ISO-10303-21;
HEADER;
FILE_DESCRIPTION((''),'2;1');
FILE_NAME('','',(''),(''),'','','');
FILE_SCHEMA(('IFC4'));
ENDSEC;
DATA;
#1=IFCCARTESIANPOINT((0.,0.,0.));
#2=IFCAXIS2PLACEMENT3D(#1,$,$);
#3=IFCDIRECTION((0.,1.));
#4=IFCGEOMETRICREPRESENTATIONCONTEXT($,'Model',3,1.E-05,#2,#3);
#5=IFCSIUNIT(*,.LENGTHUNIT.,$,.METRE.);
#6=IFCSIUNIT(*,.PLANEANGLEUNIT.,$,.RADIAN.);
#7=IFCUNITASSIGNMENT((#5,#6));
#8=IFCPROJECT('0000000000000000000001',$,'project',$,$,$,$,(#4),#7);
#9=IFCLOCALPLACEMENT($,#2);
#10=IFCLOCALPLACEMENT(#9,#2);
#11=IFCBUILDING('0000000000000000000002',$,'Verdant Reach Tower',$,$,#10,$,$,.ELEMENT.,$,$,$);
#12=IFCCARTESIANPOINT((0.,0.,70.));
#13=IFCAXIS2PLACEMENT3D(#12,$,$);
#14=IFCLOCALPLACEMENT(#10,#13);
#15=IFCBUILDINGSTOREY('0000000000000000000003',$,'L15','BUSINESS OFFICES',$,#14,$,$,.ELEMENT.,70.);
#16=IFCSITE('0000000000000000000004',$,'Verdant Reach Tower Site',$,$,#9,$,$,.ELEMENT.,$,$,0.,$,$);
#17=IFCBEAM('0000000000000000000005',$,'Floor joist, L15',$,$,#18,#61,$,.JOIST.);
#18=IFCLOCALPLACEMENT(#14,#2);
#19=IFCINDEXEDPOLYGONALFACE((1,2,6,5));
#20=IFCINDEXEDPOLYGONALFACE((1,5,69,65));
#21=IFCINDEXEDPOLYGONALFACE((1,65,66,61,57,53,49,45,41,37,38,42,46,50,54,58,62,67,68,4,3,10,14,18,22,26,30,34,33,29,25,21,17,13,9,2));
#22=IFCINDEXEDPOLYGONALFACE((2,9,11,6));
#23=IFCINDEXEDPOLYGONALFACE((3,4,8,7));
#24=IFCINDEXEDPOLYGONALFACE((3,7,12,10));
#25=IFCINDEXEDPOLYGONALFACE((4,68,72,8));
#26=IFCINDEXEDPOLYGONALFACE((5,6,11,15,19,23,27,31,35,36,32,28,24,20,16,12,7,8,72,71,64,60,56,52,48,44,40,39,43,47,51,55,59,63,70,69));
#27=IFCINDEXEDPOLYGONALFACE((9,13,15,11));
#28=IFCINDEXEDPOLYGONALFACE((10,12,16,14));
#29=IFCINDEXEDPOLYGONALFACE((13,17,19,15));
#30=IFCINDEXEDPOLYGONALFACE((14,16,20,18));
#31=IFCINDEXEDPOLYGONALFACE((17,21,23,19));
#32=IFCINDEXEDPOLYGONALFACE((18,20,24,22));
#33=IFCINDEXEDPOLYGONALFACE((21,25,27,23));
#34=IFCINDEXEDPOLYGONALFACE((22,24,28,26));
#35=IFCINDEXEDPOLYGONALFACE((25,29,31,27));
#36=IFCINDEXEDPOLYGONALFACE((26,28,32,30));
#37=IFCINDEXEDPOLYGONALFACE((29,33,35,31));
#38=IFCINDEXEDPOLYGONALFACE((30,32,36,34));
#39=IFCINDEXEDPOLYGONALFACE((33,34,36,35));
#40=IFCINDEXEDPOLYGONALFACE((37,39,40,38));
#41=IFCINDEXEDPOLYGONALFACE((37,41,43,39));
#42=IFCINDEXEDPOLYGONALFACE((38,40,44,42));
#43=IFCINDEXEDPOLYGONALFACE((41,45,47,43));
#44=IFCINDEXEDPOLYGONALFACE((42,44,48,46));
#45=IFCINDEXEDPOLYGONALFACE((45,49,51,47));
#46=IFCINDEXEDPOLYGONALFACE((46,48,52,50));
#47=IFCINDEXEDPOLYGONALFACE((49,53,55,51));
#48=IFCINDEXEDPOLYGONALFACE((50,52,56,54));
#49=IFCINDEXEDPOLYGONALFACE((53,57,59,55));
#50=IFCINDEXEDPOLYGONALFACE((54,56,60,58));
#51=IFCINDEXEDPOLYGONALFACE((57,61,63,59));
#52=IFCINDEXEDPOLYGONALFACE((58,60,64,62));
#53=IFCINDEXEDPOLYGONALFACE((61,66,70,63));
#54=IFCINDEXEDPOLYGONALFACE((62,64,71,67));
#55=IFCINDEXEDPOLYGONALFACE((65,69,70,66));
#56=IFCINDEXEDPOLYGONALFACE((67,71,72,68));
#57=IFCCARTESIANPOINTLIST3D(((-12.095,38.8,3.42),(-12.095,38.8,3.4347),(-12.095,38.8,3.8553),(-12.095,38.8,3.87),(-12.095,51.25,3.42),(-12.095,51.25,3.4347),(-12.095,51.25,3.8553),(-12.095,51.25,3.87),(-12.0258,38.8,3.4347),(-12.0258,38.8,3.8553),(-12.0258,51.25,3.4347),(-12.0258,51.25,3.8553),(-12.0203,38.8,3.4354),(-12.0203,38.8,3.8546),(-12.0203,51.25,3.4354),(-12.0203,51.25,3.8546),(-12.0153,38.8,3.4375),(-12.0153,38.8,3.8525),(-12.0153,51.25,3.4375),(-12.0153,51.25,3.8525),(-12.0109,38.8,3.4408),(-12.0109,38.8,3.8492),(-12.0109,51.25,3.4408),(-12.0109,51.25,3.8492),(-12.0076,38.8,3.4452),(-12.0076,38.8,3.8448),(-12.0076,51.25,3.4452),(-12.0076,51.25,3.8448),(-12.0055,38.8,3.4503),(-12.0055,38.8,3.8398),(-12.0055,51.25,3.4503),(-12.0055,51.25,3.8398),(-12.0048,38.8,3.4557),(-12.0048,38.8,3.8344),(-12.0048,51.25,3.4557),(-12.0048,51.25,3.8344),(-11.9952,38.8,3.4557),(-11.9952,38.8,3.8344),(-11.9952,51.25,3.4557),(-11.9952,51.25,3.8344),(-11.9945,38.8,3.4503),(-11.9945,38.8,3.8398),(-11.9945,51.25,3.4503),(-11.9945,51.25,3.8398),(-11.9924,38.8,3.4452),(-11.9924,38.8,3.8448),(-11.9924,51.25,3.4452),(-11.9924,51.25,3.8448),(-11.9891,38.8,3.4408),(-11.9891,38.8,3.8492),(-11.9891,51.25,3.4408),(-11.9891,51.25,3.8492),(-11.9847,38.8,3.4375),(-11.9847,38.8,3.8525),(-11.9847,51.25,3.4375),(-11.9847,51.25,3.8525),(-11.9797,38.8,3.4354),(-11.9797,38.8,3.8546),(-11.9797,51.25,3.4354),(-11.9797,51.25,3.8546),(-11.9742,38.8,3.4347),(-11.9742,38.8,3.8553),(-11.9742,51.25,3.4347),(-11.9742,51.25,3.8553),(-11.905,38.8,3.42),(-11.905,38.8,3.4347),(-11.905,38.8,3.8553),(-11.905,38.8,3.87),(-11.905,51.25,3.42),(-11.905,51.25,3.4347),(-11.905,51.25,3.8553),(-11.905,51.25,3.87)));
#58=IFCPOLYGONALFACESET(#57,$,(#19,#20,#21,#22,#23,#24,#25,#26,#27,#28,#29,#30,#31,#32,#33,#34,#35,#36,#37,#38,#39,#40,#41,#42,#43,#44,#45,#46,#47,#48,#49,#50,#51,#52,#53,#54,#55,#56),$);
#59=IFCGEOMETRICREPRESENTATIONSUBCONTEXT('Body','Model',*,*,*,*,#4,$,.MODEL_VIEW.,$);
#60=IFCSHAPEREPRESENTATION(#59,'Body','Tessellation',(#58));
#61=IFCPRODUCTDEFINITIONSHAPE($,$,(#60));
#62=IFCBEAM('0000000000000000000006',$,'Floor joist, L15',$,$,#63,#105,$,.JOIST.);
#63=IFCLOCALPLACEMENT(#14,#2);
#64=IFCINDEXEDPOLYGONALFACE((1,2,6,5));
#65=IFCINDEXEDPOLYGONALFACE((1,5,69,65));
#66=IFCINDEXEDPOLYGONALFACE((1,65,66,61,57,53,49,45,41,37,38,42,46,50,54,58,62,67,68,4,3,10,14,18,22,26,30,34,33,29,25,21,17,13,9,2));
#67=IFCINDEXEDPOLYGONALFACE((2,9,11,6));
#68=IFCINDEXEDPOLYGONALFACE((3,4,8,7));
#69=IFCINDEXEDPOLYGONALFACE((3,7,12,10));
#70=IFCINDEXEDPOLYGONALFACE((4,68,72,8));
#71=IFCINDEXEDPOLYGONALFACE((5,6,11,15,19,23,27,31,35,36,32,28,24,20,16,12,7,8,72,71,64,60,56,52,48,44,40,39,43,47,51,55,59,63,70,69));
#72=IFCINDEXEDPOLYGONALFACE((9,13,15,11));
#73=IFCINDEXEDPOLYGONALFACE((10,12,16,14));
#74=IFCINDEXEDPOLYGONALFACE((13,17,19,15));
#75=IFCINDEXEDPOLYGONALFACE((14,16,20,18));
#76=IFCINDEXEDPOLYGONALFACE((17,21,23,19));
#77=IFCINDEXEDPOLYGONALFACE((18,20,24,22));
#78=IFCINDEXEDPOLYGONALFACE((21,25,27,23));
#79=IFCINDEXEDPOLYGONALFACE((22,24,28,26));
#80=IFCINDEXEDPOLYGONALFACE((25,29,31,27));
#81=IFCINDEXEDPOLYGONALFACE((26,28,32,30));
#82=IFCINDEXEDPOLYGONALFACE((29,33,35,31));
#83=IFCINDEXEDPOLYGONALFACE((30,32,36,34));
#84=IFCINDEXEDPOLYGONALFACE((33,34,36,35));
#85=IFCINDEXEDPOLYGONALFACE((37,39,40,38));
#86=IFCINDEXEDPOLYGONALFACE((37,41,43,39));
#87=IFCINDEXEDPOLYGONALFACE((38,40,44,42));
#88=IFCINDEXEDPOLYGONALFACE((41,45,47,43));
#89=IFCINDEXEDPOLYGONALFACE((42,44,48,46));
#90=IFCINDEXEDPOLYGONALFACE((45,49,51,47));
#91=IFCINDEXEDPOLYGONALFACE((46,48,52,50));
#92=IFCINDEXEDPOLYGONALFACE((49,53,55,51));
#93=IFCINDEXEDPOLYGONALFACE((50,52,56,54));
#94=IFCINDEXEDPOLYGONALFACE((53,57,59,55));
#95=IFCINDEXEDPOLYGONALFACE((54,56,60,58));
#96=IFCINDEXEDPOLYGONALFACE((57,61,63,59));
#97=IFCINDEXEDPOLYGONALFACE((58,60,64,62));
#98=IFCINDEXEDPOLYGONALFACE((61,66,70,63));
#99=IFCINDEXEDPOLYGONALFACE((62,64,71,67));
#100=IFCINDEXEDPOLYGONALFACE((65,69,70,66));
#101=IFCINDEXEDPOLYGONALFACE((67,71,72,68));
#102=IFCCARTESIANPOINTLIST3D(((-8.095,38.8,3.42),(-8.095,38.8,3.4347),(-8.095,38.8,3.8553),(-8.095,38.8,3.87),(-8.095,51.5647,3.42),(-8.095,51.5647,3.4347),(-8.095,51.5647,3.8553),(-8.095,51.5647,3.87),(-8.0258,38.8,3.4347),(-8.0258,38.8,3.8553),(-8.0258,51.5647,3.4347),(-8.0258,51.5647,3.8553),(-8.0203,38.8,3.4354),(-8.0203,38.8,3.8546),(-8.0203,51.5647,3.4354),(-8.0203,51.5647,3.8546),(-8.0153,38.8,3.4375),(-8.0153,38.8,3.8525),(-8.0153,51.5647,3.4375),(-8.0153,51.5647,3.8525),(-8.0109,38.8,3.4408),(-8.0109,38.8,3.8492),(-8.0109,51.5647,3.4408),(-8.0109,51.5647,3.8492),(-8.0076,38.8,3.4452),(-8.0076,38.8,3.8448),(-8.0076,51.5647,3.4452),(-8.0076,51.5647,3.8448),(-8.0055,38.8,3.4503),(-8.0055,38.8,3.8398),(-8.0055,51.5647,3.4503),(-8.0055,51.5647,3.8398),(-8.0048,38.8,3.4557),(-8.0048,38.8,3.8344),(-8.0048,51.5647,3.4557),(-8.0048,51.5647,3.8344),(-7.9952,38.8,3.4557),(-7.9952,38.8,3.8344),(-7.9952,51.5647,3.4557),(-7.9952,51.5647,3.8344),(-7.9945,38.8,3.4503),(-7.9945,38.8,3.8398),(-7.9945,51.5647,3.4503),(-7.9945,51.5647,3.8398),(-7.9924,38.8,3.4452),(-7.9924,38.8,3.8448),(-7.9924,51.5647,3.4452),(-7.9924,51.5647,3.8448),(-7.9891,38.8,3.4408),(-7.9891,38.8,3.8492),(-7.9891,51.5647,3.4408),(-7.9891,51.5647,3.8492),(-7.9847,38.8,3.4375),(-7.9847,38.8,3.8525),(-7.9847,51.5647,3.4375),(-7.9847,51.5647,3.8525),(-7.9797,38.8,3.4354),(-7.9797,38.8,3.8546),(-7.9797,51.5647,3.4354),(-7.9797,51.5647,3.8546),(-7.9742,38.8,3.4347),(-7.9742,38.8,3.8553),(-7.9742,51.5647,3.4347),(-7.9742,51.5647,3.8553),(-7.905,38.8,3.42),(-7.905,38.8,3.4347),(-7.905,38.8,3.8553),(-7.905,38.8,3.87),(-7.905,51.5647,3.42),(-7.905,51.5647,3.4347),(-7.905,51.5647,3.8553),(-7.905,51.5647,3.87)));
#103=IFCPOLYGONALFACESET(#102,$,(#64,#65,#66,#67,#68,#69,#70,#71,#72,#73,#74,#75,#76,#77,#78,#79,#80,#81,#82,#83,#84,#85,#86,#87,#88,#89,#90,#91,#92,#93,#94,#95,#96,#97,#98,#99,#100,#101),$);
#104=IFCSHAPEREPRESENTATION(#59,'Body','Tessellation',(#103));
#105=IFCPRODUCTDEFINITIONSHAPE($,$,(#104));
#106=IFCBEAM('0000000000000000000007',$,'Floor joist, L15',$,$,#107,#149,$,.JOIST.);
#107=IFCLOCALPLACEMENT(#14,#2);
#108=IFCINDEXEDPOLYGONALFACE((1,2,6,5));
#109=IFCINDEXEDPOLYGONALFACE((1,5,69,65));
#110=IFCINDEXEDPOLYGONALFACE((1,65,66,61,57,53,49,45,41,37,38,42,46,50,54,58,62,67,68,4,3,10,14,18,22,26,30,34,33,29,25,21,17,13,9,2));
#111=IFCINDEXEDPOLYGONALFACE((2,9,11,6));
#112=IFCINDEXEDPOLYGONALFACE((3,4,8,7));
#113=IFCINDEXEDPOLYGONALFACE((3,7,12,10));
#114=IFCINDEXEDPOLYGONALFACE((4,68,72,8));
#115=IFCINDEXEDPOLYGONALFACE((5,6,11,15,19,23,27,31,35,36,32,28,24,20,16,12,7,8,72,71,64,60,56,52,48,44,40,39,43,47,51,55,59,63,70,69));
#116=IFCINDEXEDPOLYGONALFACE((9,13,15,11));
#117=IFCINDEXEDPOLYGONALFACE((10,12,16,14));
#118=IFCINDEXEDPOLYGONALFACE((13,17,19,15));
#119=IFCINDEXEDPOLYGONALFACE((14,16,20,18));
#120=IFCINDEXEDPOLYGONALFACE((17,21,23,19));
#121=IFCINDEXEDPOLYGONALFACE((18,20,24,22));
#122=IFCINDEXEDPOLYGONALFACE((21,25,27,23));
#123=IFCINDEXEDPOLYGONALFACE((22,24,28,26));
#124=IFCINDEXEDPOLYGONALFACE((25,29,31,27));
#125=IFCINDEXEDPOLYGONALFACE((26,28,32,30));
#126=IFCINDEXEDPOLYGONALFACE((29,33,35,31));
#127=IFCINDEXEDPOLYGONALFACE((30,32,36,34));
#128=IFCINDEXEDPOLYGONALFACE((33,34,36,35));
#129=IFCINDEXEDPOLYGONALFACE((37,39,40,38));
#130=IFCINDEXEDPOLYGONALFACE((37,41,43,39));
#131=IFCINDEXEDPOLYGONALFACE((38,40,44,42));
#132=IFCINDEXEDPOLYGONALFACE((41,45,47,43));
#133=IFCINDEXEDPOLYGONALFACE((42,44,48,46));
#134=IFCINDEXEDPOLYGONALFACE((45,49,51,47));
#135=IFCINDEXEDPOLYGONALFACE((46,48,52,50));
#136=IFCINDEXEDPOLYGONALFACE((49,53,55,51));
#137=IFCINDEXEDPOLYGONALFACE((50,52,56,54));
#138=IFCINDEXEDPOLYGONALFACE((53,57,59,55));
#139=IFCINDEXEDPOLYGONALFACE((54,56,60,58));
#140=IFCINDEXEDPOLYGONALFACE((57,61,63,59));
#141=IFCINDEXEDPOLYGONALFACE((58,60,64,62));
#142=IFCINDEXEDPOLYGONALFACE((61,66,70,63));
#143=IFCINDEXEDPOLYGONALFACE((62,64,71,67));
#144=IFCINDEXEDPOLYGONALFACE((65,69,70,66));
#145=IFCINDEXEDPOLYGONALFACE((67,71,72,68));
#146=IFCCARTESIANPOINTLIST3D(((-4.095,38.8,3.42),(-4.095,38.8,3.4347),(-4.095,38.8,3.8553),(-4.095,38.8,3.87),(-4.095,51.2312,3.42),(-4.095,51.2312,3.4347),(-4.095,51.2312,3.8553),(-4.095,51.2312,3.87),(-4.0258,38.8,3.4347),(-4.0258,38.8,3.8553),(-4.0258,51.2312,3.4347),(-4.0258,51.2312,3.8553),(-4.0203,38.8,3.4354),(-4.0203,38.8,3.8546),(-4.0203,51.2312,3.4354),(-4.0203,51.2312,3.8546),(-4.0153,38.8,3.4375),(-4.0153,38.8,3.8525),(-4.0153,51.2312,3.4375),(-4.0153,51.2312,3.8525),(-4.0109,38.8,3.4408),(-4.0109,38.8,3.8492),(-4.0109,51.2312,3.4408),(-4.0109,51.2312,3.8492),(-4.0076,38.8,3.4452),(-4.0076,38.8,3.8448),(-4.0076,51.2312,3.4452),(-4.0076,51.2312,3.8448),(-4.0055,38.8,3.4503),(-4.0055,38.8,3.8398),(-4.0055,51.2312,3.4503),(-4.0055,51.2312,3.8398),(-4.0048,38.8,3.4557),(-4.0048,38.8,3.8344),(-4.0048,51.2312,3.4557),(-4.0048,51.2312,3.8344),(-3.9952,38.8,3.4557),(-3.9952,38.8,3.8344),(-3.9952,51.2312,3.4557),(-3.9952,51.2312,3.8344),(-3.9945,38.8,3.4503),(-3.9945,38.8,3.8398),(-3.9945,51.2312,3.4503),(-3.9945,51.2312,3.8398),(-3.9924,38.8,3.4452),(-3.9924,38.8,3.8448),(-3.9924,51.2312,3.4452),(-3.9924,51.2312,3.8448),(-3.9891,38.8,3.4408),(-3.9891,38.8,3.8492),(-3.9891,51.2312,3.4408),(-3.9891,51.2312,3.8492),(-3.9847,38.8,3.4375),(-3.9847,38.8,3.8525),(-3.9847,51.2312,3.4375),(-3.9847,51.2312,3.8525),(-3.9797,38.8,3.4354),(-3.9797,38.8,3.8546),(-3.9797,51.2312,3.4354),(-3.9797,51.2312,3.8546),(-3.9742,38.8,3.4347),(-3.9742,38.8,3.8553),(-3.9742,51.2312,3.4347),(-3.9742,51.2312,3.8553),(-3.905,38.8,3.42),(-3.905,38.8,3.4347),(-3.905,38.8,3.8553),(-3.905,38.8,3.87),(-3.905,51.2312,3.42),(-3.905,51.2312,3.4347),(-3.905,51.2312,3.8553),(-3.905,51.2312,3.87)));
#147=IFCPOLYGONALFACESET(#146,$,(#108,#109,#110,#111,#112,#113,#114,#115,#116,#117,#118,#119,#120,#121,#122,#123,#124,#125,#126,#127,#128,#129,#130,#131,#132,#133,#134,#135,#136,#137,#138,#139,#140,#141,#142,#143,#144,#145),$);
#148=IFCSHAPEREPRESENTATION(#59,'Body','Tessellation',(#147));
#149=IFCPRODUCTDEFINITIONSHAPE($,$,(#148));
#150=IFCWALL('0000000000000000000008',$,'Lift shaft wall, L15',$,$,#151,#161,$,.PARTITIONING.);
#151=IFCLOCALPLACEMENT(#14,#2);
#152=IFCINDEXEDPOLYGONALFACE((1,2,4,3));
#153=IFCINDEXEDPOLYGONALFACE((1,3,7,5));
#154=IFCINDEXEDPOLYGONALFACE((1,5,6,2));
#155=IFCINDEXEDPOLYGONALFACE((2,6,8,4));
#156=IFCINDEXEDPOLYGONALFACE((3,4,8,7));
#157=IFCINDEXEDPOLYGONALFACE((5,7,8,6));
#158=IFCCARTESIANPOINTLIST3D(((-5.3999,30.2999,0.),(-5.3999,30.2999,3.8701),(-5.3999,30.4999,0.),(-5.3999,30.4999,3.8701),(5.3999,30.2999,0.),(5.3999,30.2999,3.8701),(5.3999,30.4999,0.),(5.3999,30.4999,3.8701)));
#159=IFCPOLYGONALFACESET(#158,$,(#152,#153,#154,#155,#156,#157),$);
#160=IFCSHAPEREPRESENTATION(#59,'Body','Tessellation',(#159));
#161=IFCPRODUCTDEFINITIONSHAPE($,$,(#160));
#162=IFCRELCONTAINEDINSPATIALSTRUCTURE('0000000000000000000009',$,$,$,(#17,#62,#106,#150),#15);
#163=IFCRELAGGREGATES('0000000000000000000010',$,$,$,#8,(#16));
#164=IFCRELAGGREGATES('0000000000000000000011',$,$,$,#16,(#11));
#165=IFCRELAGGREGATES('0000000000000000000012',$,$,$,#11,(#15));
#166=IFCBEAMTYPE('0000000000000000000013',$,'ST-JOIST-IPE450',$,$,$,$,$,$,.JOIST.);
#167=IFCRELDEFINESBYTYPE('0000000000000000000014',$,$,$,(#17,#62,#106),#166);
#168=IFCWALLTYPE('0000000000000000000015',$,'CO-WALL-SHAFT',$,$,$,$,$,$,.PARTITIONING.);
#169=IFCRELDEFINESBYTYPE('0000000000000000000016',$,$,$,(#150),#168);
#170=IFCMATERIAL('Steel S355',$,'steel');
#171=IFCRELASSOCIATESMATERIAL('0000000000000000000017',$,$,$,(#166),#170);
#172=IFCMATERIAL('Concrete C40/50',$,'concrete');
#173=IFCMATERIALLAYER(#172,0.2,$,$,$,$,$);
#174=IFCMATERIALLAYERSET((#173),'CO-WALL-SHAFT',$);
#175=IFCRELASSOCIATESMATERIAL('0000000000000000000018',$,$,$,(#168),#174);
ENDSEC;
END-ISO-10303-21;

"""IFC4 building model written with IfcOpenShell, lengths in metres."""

from ifc_helpers import new_model, si_unit, direction, frame, frame_2d, origin, origin_2d, place, context, subcontext, project, spatial, rectangle, i_section, extrude, material, layer, layer_set, material_profile, profile_set, type_object, element, save


model = new_model("IFC4")

# Units and contexts
model_context = context("Model", 3, precision=1e-05, world=origin(), true_north=direction((0.0, 1.0)))
body_context = subcontext(model_context, "Body", "Model", "MODEL_VIEW")
ifc_project = project(units=[si_unit("LENGTHUNIT", "METRE"), si_unit("PLANEANGLEUNIT", "RADIAN")], contexts=[model_context])

# Site, building, storey
site_placement = place(None, origin())
site = spatial("IfcSite", under=ifc_project, at=site_placement, Name="Verdant Reach Tower Site", CompositionType="ELEMENT", RefElevation=0.0)
building_placement = place(site_placement, origin())
building = spatial("IfcBuilding", under=site, at=building_placement, Name="Verdant Reach Tower", CompositionType="ELEMENT")
storey_placement = place(building_placement, frame((0.0, 0.0, 70.0)))
storey = spatial("IfcBuildingStorey", under=building, at=storey_placement, Name="L15", Description="BUSINESS OFFICES", CompositionType="ELEMENT", Elevation=70.0)

# Beams
ifc_material_1 = material(Name="Steel S355", Category="steel")
ifc_material_profile_1 = material_profile(ifc_material_1, i_section(OverallWidth=0.1899, OverallDepth=0.45, WebThickness=0.0095, FlangeThickness=0.0146, FilletRadius=0.021, at=origin_2d()), Name="IPE 450")
ifc_profile_set_1 = profile_set([ifc_material_profile_1], Name="Steel S355")
beam_type_1 = type_object("IfcBeamType", Name="ST-JOIST-IPE450", PredefinedType="JOIST", material=ifc_profile_set_1)
beam_1_placement = place(storey_placement, frame((-12.0, 38.8, 3.645), z_axis=(0.0, 1.0, 0.0), x_axis=(-1.0, 0.0, 0.0)))
element("IfcBeam", 1, at=beam_1_placement, inside=storey, type_object=beam_type_1, Name="Floor joist, L15", PredefinedType="JOIST", context=body_context, shape_type="SweptSolid", body=[
    extrude(i_section(OverallWidth=0.1899, OverallDepth=0.45, WebThickness=0.0095, FlangeThickness=0.0146, FilletRadius=0.021, at=origin_2d()), origin(), (0.0, 0.0, 1.0), 12.45),
])
beam_2_placement = place(storey_placement, frame((-8.0, 38.8, 3.645), z_axis=(0.0, 1.0, 0.0), x_axis=(-1.0, 0.0, 0.0)))
element("IfcBeam", 2, at=beam_2_placement, inside=storey, type_object=beam_type_1, Name="Floor joist, L15", PredefinedType="JOIST", context=body_context, shape_type="SweptSolid", body=[
    extrude(i_section(OverallWidth=0.1899, OverallDepth=0.45, WebThickness=0.0095, FlangeThickness=0.0146, FilletRadius=0.021, at=origin_2d()), origin(), (0.0, 0.0, 1.0), 12.7646),
])
beam_3_placement = place(storey_placement, frame((-4.0, 38.8, 3.645), z_axis=(0.0, 1.0, 0.0), x_axis=(-1.0, 0.0, 0.0)))
element("IfcBeam", 3, at=beam_3_placement, inside=storey, type_object=beam_type_1, Name="Floor joist, L15", PredefinedType="JOIST", context=body_context, shape_type="SweptSolid", body=[
    extrude(i_section(OverallWidth=0.1899, OverallDepth=0.45, WebThickness=0.0095, FlangeThickness=0.0146, FilletRadius=0.021, at=origin_2d()), origin(), (0.0, 0.0, 1.0), 12.4312),
])

# Wall
ifc_material_2 = material(Name="Concrete C40/50", Category="concrete")
ifc_layer_1 = layer(ifc_material_2, 0.2)
ifc_layer_set_1 = layer_set([ifc_layer_1], Name="CO-WALL-SHAFT")
wall_type_1 = type_object("IfcWallType", Name="CO-WALL-SHAFT", PredefinedType="PARTITIONING", material=ifc_layer_set_1)
wall_1_placement = place(storey_placement, frame((-5.3999, 30.3999, 0.0), z_axis=(0.0, 0.0, 1.0), x_axis=(1.0, 0.0, 0.0)))
element("IfcWall", 4, at=wall_1_placement, inside=storey, type_object=wall_type_1, Name="Lift shaft wall, L15", PredefinedType="PARTITIONING", context=body_context, shape_type="SweptSolid", body=[
    extrude(rectangle(XDim=10.7998, YDim=0.2, at=frame_2d((5.3999, 0.0))), origin(), (0.0, 0.0, 1.0), 3.8701),
])

save(model, "model.ifc")
